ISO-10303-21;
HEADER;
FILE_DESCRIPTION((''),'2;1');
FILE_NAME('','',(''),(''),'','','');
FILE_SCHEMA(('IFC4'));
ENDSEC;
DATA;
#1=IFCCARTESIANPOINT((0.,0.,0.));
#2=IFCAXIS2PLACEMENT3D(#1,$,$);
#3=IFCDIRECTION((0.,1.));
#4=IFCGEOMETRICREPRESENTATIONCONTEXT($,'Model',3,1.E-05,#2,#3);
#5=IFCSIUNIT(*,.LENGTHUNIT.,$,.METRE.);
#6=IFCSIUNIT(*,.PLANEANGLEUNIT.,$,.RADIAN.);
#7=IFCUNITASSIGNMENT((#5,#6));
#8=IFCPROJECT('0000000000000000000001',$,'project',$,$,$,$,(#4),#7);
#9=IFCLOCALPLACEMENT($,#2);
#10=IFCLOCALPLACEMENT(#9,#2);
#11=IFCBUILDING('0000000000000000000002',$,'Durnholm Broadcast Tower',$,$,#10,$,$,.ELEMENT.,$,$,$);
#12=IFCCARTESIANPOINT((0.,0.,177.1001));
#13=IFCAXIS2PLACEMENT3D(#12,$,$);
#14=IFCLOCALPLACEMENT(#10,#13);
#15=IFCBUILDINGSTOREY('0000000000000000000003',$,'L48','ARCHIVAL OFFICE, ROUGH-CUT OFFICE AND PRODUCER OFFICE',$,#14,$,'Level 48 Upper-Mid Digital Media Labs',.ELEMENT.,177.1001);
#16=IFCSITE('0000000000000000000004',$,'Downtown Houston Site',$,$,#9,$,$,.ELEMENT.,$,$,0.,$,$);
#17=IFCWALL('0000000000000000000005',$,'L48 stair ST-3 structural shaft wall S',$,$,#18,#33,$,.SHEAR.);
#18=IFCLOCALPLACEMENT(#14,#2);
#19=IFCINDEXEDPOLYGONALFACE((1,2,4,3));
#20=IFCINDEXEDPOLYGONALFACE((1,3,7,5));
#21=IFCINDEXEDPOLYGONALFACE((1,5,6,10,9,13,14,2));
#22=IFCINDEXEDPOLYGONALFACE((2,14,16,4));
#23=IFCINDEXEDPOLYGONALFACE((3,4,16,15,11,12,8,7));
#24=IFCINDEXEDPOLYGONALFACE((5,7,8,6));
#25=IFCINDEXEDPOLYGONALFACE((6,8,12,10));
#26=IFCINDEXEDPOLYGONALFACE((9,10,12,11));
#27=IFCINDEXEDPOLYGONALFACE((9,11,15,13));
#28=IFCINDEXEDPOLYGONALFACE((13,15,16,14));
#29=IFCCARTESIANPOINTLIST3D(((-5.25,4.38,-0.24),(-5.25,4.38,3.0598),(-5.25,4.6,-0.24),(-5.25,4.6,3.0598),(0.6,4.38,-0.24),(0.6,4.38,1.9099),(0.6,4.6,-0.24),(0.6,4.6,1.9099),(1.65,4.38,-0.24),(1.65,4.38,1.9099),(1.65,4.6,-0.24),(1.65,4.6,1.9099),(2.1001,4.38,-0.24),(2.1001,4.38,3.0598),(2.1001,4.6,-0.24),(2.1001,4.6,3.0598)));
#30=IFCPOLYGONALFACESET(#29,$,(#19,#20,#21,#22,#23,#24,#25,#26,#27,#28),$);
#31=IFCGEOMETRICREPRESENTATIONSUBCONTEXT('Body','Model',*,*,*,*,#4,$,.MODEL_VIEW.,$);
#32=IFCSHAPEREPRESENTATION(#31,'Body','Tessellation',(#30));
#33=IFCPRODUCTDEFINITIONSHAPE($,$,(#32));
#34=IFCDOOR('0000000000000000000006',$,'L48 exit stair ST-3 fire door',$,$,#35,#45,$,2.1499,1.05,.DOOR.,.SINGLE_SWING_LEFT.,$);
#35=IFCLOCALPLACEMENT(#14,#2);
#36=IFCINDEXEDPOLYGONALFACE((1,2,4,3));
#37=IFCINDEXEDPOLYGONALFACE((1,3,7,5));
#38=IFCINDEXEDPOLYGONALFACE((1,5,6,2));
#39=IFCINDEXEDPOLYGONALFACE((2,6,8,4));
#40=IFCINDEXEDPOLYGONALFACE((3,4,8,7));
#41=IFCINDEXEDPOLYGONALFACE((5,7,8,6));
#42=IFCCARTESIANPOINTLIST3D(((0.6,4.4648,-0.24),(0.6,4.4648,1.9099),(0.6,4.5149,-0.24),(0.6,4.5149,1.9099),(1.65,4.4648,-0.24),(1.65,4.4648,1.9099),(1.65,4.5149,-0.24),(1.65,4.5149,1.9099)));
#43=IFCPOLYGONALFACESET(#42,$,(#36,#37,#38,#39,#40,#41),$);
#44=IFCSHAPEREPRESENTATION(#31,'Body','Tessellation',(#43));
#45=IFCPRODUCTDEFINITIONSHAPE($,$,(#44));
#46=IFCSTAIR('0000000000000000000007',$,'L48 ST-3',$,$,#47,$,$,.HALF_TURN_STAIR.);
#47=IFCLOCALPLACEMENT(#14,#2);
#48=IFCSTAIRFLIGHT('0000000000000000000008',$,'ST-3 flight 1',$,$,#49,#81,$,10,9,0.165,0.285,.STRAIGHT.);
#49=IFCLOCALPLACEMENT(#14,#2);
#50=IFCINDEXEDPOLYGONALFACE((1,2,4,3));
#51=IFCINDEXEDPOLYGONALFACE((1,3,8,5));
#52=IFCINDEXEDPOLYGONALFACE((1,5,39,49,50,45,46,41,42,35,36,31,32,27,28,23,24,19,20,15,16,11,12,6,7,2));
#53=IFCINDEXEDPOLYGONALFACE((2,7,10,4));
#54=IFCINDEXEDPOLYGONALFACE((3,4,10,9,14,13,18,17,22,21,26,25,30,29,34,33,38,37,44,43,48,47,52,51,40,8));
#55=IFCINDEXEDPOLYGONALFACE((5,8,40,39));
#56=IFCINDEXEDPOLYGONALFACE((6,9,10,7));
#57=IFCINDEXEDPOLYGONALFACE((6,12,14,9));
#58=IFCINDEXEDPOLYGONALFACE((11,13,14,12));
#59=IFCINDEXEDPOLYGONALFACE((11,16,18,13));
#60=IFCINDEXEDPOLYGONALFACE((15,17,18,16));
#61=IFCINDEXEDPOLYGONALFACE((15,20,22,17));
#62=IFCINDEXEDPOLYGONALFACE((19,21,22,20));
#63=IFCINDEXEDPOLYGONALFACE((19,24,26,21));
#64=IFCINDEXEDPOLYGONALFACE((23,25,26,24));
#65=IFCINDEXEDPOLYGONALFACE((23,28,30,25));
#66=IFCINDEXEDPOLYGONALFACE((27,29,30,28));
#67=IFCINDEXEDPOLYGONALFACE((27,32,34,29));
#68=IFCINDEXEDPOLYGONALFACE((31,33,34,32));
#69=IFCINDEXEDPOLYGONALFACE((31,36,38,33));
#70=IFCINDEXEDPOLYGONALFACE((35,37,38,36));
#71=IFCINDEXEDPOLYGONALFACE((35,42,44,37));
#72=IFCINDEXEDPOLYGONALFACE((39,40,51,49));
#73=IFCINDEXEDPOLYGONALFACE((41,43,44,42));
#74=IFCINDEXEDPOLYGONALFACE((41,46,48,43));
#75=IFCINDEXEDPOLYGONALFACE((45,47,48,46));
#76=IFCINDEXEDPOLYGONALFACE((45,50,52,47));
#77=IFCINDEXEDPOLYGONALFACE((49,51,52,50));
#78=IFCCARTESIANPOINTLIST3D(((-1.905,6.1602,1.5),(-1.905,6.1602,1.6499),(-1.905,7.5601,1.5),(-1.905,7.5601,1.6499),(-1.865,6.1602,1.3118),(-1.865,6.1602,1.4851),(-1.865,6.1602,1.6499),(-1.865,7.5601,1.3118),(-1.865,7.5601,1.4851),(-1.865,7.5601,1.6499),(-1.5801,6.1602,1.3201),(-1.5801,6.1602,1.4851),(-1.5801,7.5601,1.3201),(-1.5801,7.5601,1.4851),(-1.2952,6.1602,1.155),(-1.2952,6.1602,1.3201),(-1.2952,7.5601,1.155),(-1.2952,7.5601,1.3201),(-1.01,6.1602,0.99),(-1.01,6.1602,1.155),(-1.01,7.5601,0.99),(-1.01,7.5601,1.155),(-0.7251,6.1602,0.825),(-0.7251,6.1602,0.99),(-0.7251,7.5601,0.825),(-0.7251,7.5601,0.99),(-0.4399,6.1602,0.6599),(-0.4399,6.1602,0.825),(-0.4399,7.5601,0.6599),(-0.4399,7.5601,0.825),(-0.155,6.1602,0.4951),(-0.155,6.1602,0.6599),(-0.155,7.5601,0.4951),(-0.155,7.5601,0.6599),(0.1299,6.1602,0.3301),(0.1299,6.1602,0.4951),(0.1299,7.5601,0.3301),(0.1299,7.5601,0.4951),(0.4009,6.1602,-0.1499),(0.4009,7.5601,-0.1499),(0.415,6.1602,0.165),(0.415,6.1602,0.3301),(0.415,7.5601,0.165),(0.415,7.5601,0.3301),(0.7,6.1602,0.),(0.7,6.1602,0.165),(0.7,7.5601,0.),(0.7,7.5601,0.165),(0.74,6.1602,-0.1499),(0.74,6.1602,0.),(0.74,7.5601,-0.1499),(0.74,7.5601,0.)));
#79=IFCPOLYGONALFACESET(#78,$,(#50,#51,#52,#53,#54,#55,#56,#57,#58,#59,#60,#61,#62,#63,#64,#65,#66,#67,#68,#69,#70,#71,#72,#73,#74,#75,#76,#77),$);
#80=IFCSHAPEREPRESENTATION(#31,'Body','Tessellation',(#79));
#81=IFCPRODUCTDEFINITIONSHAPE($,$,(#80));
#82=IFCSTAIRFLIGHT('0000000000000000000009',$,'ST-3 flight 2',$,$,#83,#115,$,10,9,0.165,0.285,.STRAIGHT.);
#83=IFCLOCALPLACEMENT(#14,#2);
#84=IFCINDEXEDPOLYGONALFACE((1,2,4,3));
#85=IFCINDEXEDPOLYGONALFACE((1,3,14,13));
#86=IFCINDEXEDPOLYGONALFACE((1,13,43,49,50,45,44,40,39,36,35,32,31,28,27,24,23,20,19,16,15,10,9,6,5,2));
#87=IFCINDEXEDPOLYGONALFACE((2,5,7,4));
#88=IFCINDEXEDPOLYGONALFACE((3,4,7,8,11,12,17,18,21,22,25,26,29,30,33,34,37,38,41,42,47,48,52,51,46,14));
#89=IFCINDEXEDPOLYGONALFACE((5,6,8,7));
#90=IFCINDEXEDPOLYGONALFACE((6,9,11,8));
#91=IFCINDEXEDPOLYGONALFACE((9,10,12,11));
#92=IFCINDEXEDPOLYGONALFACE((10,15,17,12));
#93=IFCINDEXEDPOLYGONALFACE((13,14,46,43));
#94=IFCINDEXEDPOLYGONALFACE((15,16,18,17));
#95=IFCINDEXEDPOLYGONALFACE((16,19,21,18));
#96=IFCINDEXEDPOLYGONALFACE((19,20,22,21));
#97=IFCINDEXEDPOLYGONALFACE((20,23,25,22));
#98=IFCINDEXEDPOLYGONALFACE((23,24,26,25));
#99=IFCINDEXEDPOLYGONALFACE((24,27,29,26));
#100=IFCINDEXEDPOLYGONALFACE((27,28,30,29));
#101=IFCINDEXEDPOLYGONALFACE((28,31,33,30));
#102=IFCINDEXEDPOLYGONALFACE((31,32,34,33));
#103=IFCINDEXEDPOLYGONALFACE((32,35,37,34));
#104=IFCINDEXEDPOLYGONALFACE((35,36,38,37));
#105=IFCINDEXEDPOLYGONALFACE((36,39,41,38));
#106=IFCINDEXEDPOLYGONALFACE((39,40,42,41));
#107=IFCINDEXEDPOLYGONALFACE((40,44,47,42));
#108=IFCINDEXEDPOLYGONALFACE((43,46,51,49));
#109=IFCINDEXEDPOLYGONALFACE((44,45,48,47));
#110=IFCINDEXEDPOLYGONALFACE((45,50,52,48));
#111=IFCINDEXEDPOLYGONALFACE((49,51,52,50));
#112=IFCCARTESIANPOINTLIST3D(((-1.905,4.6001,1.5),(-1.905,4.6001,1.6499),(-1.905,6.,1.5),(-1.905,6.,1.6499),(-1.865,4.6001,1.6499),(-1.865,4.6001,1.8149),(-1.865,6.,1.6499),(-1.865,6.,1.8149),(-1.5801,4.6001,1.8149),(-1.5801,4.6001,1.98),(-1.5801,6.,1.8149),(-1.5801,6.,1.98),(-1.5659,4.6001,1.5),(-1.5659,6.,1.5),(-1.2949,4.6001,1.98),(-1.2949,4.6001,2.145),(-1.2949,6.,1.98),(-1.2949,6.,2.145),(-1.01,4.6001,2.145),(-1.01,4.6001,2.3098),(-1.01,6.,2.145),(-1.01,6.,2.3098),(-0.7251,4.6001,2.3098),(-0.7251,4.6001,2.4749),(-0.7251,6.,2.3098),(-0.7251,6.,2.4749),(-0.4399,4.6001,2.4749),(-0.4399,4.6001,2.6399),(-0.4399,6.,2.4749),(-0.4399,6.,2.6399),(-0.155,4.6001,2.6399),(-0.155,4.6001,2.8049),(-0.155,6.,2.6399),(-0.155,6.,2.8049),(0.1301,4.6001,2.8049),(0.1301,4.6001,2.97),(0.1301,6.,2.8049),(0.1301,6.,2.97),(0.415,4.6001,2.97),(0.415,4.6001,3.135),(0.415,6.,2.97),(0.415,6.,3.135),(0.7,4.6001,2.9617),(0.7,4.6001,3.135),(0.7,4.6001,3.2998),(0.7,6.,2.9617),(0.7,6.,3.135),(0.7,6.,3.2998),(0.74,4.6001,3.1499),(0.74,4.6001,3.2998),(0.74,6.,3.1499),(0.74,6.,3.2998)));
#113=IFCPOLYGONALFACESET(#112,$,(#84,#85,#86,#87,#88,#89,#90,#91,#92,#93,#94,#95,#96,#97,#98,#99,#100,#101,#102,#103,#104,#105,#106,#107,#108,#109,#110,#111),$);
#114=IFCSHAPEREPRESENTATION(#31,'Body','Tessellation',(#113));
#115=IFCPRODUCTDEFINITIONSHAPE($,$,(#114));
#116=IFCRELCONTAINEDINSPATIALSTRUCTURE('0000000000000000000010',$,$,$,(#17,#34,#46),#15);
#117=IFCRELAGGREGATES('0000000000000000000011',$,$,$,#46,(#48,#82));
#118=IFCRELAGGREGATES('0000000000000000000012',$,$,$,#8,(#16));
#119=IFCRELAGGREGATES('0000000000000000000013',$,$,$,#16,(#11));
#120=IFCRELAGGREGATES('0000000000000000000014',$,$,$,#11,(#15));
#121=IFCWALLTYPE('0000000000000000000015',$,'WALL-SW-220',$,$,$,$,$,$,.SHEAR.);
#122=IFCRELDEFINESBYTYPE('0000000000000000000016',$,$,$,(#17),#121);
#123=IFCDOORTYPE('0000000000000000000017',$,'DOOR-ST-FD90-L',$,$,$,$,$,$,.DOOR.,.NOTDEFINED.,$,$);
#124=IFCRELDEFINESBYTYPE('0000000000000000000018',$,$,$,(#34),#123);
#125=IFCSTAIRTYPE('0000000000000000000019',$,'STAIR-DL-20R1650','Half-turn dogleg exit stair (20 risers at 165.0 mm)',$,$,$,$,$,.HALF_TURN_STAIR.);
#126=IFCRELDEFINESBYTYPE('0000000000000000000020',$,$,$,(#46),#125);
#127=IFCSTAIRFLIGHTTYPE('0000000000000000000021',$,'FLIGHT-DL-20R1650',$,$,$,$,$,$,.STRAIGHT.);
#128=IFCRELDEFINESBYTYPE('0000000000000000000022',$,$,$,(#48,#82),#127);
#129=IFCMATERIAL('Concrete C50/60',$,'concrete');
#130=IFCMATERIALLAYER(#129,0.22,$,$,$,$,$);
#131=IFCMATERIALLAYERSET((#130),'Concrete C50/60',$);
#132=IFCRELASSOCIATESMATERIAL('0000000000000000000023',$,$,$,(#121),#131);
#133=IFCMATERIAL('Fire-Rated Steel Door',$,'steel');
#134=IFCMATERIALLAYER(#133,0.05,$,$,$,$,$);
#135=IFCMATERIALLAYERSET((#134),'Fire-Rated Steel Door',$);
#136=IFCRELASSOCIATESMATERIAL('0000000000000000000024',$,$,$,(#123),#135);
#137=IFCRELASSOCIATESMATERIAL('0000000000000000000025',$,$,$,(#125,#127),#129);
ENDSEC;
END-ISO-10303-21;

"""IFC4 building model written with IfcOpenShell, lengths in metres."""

from ifc_helpers import new_model, si_unit, direction, frame, frame_2d, origin, place, context, subcontext, project, spatial, polyline, rectangle, outline, extrude, source, transform, mapped, material, layer, layer_set, type_object, type_shapes, element, fill, aggregate, save


model = new_model("IFC4")

# Units and contexts
model_context = context("Model", 3, precision=1e-05, world=origin(), true_north=direction((0.0, 1.0)))
body_context = subcontext(model_context, "Body", "Model", "MODEL_VIEW")
ifc_project = project(units=[si_unit("LENGTHUNIT", "METRE"), si_unit("PLANEANGLEUNIT", "RADIAN")], contexts=[model_context])

# Site, building, storey
site_placement = place(None, origin())
site = spatial("IfcSite", under=ifc_project, at=site_placement, Name="Downtown Houston Site", CompositionType="ELEMENT", RefElevation=0.0)
building_placement = place(site_placement, origin())
building = spatial("IfcBuilding", under=site, at=building_placement, Name="Durnholm Broadcast Tower", CompositionType="ELEMENT")
storey_placement = place(building_placement, frame((0.0, 0.0, 177.1001)))
storey = spatial("IfcBuildingStorey", under=building, at=storey_placement, Name="L48", Description="ARCHIVAL OFFICE, ROUGH-CUT OFFICE AND PRODUCER OFFICE", LongName="Level 48 Upper-Mid Digital Media Labs", CompositionType="ELEMENT", Elevation=177.1001)

# Wall, opening, door
ifc_material_1 = material(Name="Concrete C50/60", Category="concrete")
ifc_layer_1 = layer(ifc_material_1, 0.22)
ifc_layer_set_1 = layer_set([ifc_layer_1], Name="Concrete C50/60")
wall_type_1 = type_object("IfcWallType", Name="WALL-SW-220", PredefinedType="SHEAR", material=ifc_layer_set_1)
wall_1_placement = place(storey_placement, frame((-5.25, 4.49, -0.24), z_axis=(0.0, 0.0, 1.0), x_axis=(1.0, 0.0, 0.0)))
wall_1 = element("IfcWall", 1, at=wall_1_placement, inside=storey, type_object=wall_type_1, Name="L48 stair ST-3 structural shaft wall S", PredefinedType="SHEAR", context=body_context, shape_type="SweptSolid", body=[
    extrude(rectangle(XDim=7.3501, YDim=0.22, at=frame_2d((3.675, 0.0))), origin(), (0.0, 0.0, 1.0), 3.2998),
])
opening_1_placement = place(wall_1_placement, frame((5.8501, 0.0, 0.0)))
opening_1 = element("IfcOpeningElement", 2, at=opening_1_placement, cuts=wall_1, PredefinedType="OPENING", context=body_context, shape_type="SweptSolid", body=[
    extrude(rectangle(XDim=1.05, YDim=2.1499, at=frame_2d((0.5249, 1.075))), frame((0.0, 0.1201, 0.0), z_axis=(0.0, -1.0, 0.0), x_axis=(1.0, 0.0, 0.0)), (0.0, 0.0, 1.0), 0.24),
])
ifc_material_2 = material(Name="Fire-Rated Steel Door", Category="steel")
ifc_layer_2 = layer(ifc_material_2, 0.05)
ifc_layer_set_2 = layer_set([ifc_layer_2], Name="Fire-Rated Steel Door")
door_type_1 = type_object("IfcDoorType", Name="DOOR-ST-FD90-L", OperationType="NOTDEFINED", PredefinedType="DOOR", material=ifc_layer_set_2)
shared_shape_1 = source(origin(), body_context, "Body", "SweptSolid", [
    extrude(rectangle(XDim=1.05, YDim=2.1499, at=frame_2d((0.5249, 1.075))), frame((0.0, 0.0249, 0.0), z_axis=(0.0, -1.0, 0.0), x_axis=(1.0, 0.0, 0.0)), (0.0, 0.0, 1.0), 0.05),
])
type_shapes(door_type_1, [shared_shape_1])
door_1_placement = place(opening_1_placement, origin())
door_1 = element("IfcDoor", 3, at=door_1_placement, inside=storey, type_object=door_type_1, Name="L48 exit stair ST-3 fire door", OperationType="SINGLE_SWING_LEFT", OverallHeight=2.1499, OverallWidth=1.05, PredefinedType="DOOR", context=body_context, shape_type="MappedRepresentation", body=[
    mapped(shared_shape_1, transform((0.0, 0.0, 0.0), x_axis=(1.0, 0.0, 0.0), y_axis=(0.0, 1.0, 0.0), z_axis=(0.0, 0.0, 1.0), scale=1.0)),
])
fill(opening_1, door_1)

# Stair, stair flights
stair_type = type_object("IfcStairType", Name="STAIR-DL-20R1650", Description="Half-turn dogleg exit stair (20 risers at 165.0 mm)", PredefinedType="HALF_TURN_STAIR", material=ifc_material_1)
stair_placement = place(storey_placement, origin())
stair = element("IfcStair", 4, at=stair_placement, inside=storey, type_object=stair_type, Name="L48 ST-3", PredefinedType="HALF_TURN_STAIR")
stair_flight_type = type_object("IfcStairFlightType", Name="FLIGHT-DL-20R1650", PredefinedType="STRAIGHT", material=ifc_material_1)
stair_flight_1_placement = place(storey_placement, frame((0.7, 6.8601, 0.0), z_axis=(0.0, 0.0, 1.0), x_axis=(-1.0, 0.0, 0.0)))
stair_flight_1 = element("IfcStairFlight", 5, at=stair_flight_1_placement, type_object=stair_flight_type, Name="ST-3 flight 1", NumberOfRisers=10, NumberOfTreads=9, PredefinedType="STRAIGHT", RiserHeight=0.165, TreadLength=0.285, context=body_context, shape_type="SweptSolid", body=[
    extrude(outline(polyline([(-0.04, -0.1499), (-0.04, 0.0), (0.0, 0.0), (0.0, 0.165), (0.2849, 0.165), (0.2849, 0.3301), (0.5701, 0.3301), (0.5701, 0.4951), (0.855, 0.4951), (0.855, 0.6599), (1.1399, 0.6599), (1.1399, 0.825), (1.425, 0.825), (1.425, 0.99), (1.71, 0.99), (1.71, 1.155), (1.9951, 1.155), (1.9951, 1.3201), (2.28, 1.3201), (2.28, 1.4851), (2.5649, 1.4851), (2.5649, 1.6499), (2.605, 1.6499), (2.605, 1.5), (2.5649, 1.3118), (0.2991, -0.1499), (-0.04, -0.1499)])), frame((0.0, 0.7, 0.0), z_axis=(0.0, -1.0, 0.0), x_axis=(1.0, 0.0, 0.0)), (0.0, 0.0, 1.0), 1.3999),
])
stair_flight_2_placement = place(storey_placement, frame((-1.865, 5.3, 1.6499), z_axis=(0.0, 0.0, 1.0), x_axis=(1.0, 0.0, 0.0)))
stair_flight_2 = element("IfcStairFlight", 6, at=stair_flight_2_placement, type_object=stair_flight_type, Name="ST-3 flight 2", NumberOfRisers=10, NumberOfTreads=9, PredefinedType="STRAIGHT", RiserHeight=0.165, TreadLength=0.285, context=body_context, shape_type="SweptSolid", body=[
    extrude(outline(polyline([(-0.04, -0.1499), (-0.04, 0.0), (0.0, 0.0), (0.0, 0.165), (0.2849, 0.165), (0.2849, 0.3301), (0.5701, 0.3301), (0.5701, 0.4951), (0.855, 0.4951), (0.855, 0.6599), (1.1399, 0.6599), (1.1399, 0.825), (1.425, 0.825), (1.425, 0.99), (1.71, 0.99), (1.71, 1.155), (1.9951, 1.155), (1.9951, 1.3201), (2.28, 1.3201), (2.28, 1.4851), (2.5649, 1.4851), (2.5649, 1.6499), (2.605, 1.6499), (2.605, 1.5), (2.5649, 1.3118), (0.2991, -0.1499), (-0.04, -0.1499)])), frame((0.0, 0.7, 0.0), z_axis=(0.0, -1.0, 0.0), x_axis=(1.0, 0.0, 0.0)), (0.0, 0.0, 1.0), 1.3999),
])
aggregate(stair, [stair_flight_1, stair_flight_2])

save(model, "model.ifc")
